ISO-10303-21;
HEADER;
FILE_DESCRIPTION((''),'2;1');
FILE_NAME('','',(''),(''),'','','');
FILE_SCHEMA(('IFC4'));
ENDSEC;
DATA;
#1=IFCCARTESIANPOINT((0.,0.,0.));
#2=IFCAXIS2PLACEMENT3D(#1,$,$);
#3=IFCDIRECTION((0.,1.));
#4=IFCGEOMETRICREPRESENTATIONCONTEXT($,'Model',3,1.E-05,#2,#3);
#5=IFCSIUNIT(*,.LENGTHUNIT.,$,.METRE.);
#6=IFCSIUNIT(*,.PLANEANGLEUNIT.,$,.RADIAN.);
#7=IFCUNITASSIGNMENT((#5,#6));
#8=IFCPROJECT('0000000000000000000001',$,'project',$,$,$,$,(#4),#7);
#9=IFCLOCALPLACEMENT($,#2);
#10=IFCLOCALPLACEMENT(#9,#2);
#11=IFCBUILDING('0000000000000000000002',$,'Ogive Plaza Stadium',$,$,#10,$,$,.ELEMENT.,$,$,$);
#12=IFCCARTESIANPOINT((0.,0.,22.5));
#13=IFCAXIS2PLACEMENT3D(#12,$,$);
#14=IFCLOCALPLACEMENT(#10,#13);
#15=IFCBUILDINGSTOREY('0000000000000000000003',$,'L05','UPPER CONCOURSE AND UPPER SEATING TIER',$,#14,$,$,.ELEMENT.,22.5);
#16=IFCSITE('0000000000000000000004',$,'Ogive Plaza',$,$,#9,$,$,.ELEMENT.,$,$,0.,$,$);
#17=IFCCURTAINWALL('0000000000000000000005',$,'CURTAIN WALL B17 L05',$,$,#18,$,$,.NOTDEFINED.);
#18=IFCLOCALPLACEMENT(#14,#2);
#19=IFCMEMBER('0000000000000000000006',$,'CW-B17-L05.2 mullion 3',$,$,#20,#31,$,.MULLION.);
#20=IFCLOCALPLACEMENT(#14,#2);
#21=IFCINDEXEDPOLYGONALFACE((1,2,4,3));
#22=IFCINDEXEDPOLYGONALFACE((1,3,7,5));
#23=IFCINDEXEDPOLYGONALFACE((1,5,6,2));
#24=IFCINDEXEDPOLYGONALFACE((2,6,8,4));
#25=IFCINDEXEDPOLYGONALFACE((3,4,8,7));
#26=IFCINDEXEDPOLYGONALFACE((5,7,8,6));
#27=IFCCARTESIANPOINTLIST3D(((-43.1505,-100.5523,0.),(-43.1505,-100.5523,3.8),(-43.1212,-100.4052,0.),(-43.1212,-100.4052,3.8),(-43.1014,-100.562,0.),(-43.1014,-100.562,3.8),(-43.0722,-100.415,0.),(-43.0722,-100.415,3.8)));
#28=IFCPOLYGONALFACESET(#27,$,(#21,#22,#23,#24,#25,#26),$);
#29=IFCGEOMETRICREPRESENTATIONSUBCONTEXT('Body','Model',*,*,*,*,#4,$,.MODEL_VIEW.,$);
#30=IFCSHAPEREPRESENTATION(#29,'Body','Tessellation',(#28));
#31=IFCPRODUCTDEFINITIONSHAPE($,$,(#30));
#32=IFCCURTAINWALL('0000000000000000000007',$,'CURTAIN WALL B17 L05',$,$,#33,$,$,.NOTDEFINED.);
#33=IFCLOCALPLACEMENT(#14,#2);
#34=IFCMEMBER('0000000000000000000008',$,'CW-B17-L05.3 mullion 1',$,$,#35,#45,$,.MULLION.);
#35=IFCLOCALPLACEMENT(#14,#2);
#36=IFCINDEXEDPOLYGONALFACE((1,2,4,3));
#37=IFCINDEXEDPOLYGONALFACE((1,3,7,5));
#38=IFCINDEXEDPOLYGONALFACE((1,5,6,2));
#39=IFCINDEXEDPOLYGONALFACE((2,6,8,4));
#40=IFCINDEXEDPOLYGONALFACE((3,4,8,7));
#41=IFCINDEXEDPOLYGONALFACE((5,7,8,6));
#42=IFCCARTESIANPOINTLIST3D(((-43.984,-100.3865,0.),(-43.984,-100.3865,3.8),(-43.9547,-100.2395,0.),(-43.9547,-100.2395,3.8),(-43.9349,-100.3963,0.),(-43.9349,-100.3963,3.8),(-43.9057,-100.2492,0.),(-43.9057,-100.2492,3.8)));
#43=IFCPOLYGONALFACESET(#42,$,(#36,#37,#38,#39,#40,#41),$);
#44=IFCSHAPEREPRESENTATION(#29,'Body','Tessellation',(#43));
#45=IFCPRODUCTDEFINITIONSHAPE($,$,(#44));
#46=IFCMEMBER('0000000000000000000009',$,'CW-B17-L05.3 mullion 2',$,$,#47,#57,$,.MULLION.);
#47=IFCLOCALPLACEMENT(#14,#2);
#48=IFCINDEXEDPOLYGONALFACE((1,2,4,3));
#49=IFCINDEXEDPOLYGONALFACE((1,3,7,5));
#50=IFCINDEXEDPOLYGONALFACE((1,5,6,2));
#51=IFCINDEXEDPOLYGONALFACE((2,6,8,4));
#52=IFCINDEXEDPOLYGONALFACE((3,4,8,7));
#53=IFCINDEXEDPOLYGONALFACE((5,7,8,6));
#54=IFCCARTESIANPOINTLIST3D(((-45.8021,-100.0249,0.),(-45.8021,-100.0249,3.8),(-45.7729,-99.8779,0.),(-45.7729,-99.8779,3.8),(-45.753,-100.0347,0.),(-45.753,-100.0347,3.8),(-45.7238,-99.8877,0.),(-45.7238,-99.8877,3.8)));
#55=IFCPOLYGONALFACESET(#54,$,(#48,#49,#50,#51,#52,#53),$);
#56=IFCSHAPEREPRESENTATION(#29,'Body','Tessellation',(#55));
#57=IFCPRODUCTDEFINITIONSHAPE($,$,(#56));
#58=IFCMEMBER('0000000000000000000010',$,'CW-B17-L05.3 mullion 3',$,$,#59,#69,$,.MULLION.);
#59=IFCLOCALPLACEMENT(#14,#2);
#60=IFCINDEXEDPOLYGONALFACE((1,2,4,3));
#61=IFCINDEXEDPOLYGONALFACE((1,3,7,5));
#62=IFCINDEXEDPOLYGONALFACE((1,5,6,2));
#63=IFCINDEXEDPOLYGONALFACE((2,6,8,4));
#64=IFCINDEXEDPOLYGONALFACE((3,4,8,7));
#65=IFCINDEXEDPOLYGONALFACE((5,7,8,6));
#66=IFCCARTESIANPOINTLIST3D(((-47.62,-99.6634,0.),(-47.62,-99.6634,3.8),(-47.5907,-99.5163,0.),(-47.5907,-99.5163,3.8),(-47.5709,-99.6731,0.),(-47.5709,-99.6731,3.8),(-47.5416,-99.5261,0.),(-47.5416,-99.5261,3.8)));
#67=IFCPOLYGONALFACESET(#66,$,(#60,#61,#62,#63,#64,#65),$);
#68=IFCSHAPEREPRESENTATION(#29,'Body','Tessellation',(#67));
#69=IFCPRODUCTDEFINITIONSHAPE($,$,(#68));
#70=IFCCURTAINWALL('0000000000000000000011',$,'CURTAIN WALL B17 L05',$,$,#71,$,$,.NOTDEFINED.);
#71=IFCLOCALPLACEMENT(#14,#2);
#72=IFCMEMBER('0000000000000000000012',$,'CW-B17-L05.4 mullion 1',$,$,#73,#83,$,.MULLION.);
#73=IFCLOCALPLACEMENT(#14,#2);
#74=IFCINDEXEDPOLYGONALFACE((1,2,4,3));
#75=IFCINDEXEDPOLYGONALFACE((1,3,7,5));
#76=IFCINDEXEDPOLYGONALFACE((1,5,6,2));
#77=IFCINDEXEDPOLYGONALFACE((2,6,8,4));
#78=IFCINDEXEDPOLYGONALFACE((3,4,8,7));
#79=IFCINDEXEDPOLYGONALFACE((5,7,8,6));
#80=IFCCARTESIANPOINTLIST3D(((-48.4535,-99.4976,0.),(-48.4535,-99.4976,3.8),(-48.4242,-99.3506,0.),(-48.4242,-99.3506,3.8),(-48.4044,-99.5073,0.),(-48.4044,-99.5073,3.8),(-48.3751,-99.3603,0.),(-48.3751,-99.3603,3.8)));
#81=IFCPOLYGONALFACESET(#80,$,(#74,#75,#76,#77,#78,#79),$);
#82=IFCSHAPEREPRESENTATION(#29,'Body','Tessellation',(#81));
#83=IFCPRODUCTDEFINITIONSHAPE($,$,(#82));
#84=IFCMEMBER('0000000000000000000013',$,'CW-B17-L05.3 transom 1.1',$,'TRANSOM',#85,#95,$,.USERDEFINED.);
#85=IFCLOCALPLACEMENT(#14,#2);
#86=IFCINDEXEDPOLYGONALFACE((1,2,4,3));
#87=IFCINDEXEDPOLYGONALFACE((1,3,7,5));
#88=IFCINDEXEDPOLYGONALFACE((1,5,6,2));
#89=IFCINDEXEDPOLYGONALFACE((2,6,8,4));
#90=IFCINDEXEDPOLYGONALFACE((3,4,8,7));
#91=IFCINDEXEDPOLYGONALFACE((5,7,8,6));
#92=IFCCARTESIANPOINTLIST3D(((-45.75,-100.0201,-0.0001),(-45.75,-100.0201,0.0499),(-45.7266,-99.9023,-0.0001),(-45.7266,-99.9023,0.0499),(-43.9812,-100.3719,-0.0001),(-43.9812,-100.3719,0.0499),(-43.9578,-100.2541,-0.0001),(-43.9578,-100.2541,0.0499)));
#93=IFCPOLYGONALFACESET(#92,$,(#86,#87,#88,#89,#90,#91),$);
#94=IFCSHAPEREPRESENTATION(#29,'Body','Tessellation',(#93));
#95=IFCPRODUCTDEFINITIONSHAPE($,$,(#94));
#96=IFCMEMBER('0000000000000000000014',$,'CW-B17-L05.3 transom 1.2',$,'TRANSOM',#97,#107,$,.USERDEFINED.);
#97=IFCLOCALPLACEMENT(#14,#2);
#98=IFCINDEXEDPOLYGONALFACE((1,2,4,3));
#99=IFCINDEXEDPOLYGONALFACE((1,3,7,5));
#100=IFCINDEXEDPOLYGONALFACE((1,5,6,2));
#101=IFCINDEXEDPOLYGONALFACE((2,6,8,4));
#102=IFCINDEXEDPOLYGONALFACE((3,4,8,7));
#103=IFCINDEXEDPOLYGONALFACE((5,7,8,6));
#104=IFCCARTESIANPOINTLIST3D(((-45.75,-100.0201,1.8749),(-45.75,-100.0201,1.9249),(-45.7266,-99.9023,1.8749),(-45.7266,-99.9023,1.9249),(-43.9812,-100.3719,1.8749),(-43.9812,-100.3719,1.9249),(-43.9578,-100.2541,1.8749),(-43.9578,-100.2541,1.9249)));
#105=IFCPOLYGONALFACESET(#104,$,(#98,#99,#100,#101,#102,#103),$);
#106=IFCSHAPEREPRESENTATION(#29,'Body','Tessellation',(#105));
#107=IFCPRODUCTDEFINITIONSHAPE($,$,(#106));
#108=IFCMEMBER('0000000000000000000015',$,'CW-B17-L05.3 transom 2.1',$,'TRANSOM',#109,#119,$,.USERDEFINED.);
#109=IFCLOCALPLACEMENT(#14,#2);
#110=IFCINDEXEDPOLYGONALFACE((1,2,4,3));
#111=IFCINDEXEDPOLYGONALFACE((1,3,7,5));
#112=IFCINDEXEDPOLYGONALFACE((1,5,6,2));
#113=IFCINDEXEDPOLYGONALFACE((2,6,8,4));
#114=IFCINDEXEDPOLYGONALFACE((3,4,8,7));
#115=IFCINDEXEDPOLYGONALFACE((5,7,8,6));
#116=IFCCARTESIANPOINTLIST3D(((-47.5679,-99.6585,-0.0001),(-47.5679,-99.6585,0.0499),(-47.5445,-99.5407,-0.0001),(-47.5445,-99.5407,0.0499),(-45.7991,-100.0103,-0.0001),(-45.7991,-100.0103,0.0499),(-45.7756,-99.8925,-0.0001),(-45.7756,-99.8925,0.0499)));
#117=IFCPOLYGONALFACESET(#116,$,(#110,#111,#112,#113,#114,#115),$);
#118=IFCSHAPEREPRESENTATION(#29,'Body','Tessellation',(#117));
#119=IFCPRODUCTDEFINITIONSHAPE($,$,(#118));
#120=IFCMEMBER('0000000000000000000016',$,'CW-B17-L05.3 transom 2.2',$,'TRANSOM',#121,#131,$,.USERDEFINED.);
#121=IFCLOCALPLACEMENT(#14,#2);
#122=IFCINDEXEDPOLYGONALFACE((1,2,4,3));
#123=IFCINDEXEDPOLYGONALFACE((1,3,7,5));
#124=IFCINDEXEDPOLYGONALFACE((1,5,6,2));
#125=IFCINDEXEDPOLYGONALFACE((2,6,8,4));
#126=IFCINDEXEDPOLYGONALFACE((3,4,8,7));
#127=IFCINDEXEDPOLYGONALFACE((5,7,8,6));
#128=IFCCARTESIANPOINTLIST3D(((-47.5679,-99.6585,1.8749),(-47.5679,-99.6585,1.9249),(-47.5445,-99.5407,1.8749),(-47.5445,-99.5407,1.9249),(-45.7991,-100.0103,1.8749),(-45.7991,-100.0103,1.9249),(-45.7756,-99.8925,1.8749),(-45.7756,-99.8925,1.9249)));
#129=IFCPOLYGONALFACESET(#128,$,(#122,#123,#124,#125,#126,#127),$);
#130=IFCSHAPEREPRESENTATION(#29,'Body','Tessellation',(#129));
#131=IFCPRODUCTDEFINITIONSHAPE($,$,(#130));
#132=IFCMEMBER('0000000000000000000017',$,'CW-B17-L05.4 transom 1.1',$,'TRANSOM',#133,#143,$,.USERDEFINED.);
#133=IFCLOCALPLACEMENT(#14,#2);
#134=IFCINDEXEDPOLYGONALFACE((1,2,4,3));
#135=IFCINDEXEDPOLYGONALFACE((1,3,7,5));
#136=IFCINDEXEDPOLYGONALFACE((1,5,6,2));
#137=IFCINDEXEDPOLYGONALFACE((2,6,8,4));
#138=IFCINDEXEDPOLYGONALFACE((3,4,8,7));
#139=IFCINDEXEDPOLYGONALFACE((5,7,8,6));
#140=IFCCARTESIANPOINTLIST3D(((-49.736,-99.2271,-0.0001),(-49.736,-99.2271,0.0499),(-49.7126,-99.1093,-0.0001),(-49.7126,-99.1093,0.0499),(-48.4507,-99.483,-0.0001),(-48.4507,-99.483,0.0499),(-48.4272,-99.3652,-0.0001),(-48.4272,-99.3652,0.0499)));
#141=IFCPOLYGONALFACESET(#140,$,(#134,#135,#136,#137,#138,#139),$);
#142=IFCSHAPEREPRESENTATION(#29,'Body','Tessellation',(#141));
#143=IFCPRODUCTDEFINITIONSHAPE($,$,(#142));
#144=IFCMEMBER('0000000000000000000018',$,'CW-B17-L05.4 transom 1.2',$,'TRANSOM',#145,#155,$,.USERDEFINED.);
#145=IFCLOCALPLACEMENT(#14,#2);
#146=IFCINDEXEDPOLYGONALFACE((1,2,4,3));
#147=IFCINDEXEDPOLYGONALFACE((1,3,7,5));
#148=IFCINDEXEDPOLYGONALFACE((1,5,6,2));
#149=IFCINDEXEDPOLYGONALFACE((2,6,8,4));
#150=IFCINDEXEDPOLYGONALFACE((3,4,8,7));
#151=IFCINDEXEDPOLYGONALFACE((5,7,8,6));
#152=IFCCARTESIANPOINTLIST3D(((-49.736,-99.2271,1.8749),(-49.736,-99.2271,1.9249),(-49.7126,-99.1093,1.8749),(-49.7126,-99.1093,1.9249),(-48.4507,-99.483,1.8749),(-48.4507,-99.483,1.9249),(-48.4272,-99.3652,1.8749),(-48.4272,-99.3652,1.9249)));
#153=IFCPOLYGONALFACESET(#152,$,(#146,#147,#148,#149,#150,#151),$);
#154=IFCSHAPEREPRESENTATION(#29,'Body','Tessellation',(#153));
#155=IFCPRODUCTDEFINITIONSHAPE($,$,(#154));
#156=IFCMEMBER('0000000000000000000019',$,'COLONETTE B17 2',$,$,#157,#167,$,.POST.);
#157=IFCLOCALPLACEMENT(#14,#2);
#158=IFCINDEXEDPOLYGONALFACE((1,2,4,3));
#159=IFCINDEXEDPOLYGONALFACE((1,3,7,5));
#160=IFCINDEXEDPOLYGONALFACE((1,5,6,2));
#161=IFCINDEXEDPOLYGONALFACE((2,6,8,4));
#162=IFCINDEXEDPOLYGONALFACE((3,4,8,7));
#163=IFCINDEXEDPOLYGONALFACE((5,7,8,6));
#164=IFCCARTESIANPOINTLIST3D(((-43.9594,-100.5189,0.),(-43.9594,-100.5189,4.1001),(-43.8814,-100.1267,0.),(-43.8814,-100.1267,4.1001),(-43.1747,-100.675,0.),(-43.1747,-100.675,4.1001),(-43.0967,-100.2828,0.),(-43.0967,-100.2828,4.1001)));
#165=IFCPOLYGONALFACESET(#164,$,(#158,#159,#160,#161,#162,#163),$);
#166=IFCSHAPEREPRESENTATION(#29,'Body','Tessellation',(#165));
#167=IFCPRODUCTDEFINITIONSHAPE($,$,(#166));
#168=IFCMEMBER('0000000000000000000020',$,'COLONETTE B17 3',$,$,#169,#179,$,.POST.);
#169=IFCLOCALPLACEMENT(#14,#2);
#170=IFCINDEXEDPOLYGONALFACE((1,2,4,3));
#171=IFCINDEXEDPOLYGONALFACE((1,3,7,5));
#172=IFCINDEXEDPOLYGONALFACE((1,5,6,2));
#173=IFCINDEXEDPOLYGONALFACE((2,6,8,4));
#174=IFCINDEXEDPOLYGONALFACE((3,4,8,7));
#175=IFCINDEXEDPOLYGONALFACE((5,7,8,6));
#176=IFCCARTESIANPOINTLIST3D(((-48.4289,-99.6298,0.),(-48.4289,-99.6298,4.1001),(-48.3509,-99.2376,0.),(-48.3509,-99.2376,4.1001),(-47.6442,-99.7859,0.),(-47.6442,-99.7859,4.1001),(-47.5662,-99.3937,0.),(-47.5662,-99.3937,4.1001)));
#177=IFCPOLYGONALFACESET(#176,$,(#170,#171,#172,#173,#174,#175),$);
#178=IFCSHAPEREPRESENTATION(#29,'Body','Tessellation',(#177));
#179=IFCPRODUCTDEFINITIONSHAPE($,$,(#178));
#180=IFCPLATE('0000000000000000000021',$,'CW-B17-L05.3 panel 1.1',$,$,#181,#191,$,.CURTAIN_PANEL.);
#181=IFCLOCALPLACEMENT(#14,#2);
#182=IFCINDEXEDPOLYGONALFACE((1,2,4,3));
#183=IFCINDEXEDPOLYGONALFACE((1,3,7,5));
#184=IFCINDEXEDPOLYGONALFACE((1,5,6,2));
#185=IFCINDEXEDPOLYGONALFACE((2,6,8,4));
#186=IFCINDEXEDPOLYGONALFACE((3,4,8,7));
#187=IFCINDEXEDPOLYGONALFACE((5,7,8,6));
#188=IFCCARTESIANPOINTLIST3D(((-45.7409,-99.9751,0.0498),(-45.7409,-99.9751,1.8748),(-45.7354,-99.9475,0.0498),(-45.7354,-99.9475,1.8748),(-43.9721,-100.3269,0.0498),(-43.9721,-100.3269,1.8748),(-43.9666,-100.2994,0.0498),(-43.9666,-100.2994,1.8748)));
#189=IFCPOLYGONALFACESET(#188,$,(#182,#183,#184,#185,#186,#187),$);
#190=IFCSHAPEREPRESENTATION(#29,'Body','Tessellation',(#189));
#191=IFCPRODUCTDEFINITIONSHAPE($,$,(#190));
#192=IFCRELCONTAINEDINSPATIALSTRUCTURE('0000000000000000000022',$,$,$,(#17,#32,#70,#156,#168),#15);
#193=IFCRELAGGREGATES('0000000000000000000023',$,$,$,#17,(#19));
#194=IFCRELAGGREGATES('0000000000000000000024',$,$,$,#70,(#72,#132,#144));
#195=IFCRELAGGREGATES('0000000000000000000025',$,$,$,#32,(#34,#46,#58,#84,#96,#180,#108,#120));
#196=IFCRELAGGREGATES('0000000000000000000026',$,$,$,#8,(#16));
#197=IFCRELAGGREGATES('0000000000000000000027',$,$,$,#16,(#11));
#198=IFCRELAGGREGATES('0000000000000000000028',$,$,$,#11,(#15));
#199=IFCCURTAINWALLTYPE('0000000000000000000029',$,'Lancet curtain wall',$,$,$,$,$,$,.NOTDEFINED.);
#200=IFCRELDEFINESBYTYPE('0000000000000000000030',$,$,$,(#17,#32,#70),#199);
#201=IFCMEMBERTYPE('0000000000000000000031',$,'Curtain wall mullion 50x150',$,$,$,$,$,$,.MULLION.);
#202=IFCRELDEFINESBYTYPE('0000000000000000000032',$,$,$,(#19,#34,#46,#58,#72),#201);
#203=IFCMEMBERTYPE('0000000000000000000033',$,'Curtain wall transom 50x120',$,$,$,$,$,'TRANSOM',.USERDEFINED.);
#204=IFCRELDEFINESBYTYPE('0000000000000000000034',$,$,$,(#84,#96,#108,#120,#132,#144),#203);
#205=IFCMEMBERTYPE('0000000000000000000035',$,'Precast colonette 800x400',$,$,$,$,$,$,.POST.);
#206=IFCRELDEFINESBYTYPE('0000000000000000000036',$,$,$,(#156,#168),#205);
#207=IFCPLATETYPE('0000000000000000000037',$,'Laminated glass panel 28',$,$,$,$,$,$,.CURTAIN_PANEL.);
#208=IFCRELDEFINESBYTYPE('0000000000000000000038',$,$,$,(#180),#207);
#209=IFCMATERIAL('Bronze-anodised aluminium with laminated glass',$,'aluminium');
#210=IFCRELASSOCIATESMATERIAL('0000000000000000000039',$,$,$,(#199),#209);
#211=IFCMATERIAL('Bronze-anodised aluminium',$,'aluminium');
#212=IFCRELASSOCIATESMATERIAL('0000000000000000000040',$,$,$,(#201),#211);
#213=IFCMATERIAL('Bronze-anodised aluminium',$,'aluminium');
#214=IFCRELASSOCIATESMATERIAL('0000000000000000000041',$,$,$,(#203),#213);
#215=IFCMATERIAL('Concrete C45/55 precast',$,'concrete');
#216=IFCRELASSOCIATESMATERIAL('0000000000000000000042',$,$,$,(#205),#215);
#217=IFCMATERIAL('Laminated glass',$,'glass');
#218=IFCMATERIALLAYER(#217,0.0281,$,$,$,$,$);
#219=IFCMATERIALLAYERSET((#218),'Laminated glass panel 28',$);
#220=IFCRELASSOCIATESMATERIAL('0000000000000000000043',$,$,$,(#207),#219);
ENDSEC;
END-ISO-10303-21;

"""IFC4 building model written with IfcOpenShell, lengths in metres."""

from ifc_helpers import new_model, si_unit, direction, frame, origin, origin_2d, place, context, subcontext, project, spatial, rectangle, extrude, material, layer, layer_set, material_profile, profile_set, type_object, element, aggregate, save


model = new_model("IFC4")

# Units and contexts
model_context = context("Model", 3, precision=1e-05, world=origin(), true_north=direction((0.0, 1.0)))
body_context = subcontext(model_context, "Body", "Model", "MODEL_VIEW")
ifc_project = project(units=[si_unit("LENGTHUNIT", "METRE"), si_unit("PLANEANGLEUNIT", "RADIAN")], contexts=[model_context])

# Site, building, storey
site_placement = place(None, origin())
site = spatial("IfcSite", under=ifc_project, at=site_placement, Name="Ogive Plaza", CompositionType="ELEMENT", RefElevation=0.0)
building_placement = place(site_placement, origin())
building = spatial("IfcBuilding", under=site, at=building_placement, Name="Ogive Plaza Stadium", CompositionType="ELEMENT")
storey_placement = place(building_placement, frame((0.0, 0.0, 22.5)))
storey = spatial("IfcBuildingStorey", under=building, at=storey_placement, Name="L05", Description="UPPER CONCOURSE AND UPPER SEATING TIER", CompositionType="ELEMENT", Elevation=22.5)

# Curtain wall, member
ifc_material_1 = material(Name="Bronze-anodised aluminium with laminated glass", Category="aluminium")
curtain_wall_type = type_object("IfcCurtainWallType", Name="Lancet curtain wall", PredefinedType="NOTDEFINED", material=ifc_material_1)
curtain_wall_1_placement = place(storey_placement, origin())
curtain_wall_1 = element("IfcCurtainWall", 1, at=curtain_wall_1_placement, inside=storey, type_object=curtain_wall_type, Name="CURTAIN WALL B17 L05", PredefinedType="NOTDEFINED")
ifc_material_2 = material(Name="Bronze-anodised aluminium", Category="aluminium")
ifc_material_profile_1 = material_profile(ifc_material_2, rectangle(XDim=0.1499, YDim=0.05, at=origin_2d()), Name="AL 150x50")
ifc_profile_set_1 = profile_set([ifc_material_profile_1], Name="Bronze-anodised aluminium")
member_type_1 = type_object("IfcMemberType", Name="Curtain wall mullion 50x150", PredefinedType="MULLION", material=ifc_profile_set_1)
member_1_placement = place(storey_placement, frame((-43.1113, -100.4836, 0.0), z_axis=(0.0, 0.0, 1.0), x_axis=(-0.19509, -0.980785, 0.0)))
member_1 = element("IfcMember", 2, at=member_1_placement, type_object=member_type_1, Name="CW-B17-L05.2 mullion 3", PredefinedType="MULLION", context=body_context, shape_type="SweptSolid", body=[
    extrude(rectangle(XDim=0.1499, YDim=0.05, at=origin_2d()), origin(), (0.0, 0.0, 1.0), 3.8),
])
aggregate(curtain_wall_1, [member_1])

# Curtain wall, members
curtain_wall_2_placement = place(storey_placement, origin())
curtain_wall_2 = element("IfcCurtainWall", 3, at=curtain_wall_2_placement, inside=storey, type_object=curtain_wall_type, Name="CURTAIN WALL B17 L05", PredefinedType="NOTDEFINED")
member_2_placement = place(storey_placement, frame((-43.9448, -100.3179, 0.0), z_axis=(0.0, 0.0, 1.0), x_axis=(-0.19509, -0.980785, 0.0)))
member_2 = element("IfcMember", 4, at=member_2_placement, type_object=member_type_1, Name="CW-B17-L05.3 mullion 1", PredefinedType="MULLION", context=body_context, shape_type="SweptSolid", body=[
    extrude(rectangle(XDim=0.1499, YDim=0.05, at=origin_2d()), origin(), (0.0, 0.0, 1.0), 3.8),
])
member_3_placement = place(storey_placement, frame((-45.7629, -99.9563, 0.0), z_axis=(0.0, 0.0, 1.0), x_axis=(-0.19509, -0.980785, 0.0)))
member_3 = element("IfcMember", 5, at=member_3_placement, type_object=member_type_1, Name="CW-B17-L05.3 mullion 2", PredefinedType="MULLION", context=body_context, shape_type="SweptSolid", body=[
    extrude(rectangle(XDim=0.1499, YDim=0.05, at=origin_2d()), origin(), (0.0, 0.0, 1.0), 3.8),
])
member_4_placement = place(storey_placement, frame((-47.5808, -99.5947, 0.0), z_axis=(0.0, 0.0, 1.0), x_axis=(-0.19509, -0.980785, 0.0)))
member_4 = element("IfcMember", 6, at=member_4_placement, type_object=member_type_1, Name="CW-B17-L05.3 mullion 3", PredefinedType="MULLION", context=body_context, shape_type="SweptSolid", body=[
    extrude(rectangle(XDim=0.1499, YDim=0.05, at=origin_2d()), origin(), (0.0, 0.0, 1.0), 3.8),
])

# Curtain wall, member
curtain_wall_3_placement = place(storey_placement, origin())
curtain_wall_3 = element("IfcCurtainWall", 7, at=curtain_wall_3_placement, inside=storey, type_object=curtain_wall_type, Name="CURTAIN WALL B17 L05", PredefinedType="NOTDEFINED")
member_5_placement = place(storey_placement, frame((-48.4143, -99.429, 0.0), z_axis=(0.0, 0.0, 1.0), x_axis=(-0.19509, -0.980785, 0.0)))
member_5 = element("IfcMember", 8, at=member_5_placement, type_object=member_type_1, Name="CW-B17-L05.4 mullion 1", PredefinedType="MULLION", context=body_context, shape_type="SweptSolid", body=[
    extrude(rectangle(XDim=0.1499, YDim=0.05, at=origin_2d()), origin(), (0.0, 0.0, 1.0), 3.8),
])

# Members
ifc_material_3 = material(Name="Bronze-anodised aluminium", Category="aluminium")
ifc_material_profile_2 = material_profile(ifc_material_3, rectangle(XDim=0.1201, YDim=0.05, at=origin_2d()), Name="AL 120x50")
ifc_profile_set_2 = profile_set([ifc_material_profile_2], Name="Bronze-anodised aluminium")
member_type_2 = type_object("IfcMemberType", Name="Curtain wall transom 50x120", ElementType="TRANSOM", PredefinedType="USERDEFINED", material=ifc_profile_set_2)
member_6_placement = place(storey_placement, frame((-43.9695, -100.313, 0.0249), z_axis=(-0.980788, 0.195075, 0.0), x_axis=(-0.195075, -0.980788, 0.0)))
member_6 = element("IfcMember", 9, at=member_6_placement, type_object=member_type_2, Name="CW-B17-L05.3 transom 1.1", ObjectType="TRANSOM", PredefinedType="USERDEFINED", context=body_context, shape_type="SweptSolid", body=[
    extrude(rectangle(XDim=0.1201, YDim=0.05, at=origin_2d()), origin(), (0.0, 0.0, 1.0), 1.8035),
])
member_7_placement = place(storey_placement, frame((-43.9695, -100.313, 1.8999), z_axis=(-0.980788, 0.195075, 0.0), x_axis=(-0.195075, -0.980788, 0.0)))
member_7 = element("IfcMember", 10, at=member_7_placement, type_object=member_type_2, Name="CW-B17-L05.3 transom 1.2", ObjectType="TRANSOM", PredefinedType="USERDEFINED", context=body_context, shape_type="SweptSolid", body=[
    extrude(rectangle(XDim=0.1201, YDim=0.05, at=origin_2d()), origin(), (0.0, 0.0, 1.0), 1.8035),
])
member_8_placement = place(storey_placement, frame((-45.7874, -99.9514, 0.0249), z_axis=(-0.980788, 0.195075, 0.0), x_axis=(-0.195075, -0.980788, 0.0)))
member_8 = element("IfcMember", 11, at=member_8_placement, type_object=member_type_2, Name="CW-B17-L05.3 transom 2.1", ObjectType="TRANSOM", PredefinedType="USERDEFINED", context=body_context, shape_type="SweptSolid", body=[
    extrude(rectangle(XDim=0.1201, YDim=0.05, at=origin_2d()), origin(), (0.0, 0.0, 1.0), 1.8035),
])
member_9_placement = place(storey_placement, frame((-45.7874, -99.9514, 1.8999), z_axis=(-0.980788, 0.195075, 0.0), x_axis=(-0.195075, -0.980788, 0.0)))
member_9 = element("IfcMember", 12, at=member_9_placement, type_object=member_type_2, Name="CW-B17-L05.3 transom 2.2", ObjectType="TRANSOM", PredefinedType="USERDEFINED", context=body_context, shape_type="SweptSolid", body=[
    extrude(rectangle(XDim=0.1201, YDim=0.05, at=origin_2d()), origin(), (0.0, 0.0, 1.0), 1.8035),
])
member_10_placement = place(storey_placement, frame((-48.439, -99.4241, 0.0249), z_axis=(-0.980759, 0.19522, 0.0), x_axis=(-0.19522, -0.980759, 0.0)))
member_10 = element("IfcMember", 13, at=member_10_placement, type_object=member_type_2, Name="CW-B17-L05.4 transom 1.1", ObjectType="TRANSOM", PredefinedType="USERDEFINED", context=body_context, shape_type="SweptSolid", body=[
    extrude(rectangle(XDim=0.1201, YDim=0.05, at=origin_2d()), origin(), (0.0, 0.0, 1.0), 1.3105),
])
member_11_placement = place(storey_placement, frame((-48.439, -99.4241, 1.8999), z_axis=(-0.980759, 0.19522, 0.0), x_axis=(-0.19522, -0.980759, 0.0)))
member_11 = element("IfcMember", 14, at=member_11_placement, type_object=member_type_2, Name="CW-B17-L05.4 transom 1.2", ObjectType="TRANSOM", PredefinedType="USERDEFINED", context=body_context, shape_type="SweptSolid", body=[
    extrude(rectangle(XDim=0.1201, YDim=0.05, at=origin_2d()), origin(), (0.0, 0.0, 1.0), 1.3105),
])
aggregate(curtain_wall_3, [member_5, member_10, member_11])

# Members
ifc_material_4 = material(Name="Concrete C45/55 precast", Category="concrete")
ifc_material_profile_3 = material_profile(ifc_material_4, rectangle(XDim=0.3999, YDim=0.8, at=origin_2d()), Name="RC 400x800")
ifc_profile_set_3 = profile_set([ifc_material_profile_3], Name="Concrete C45/55 precast")
member_type_3 = type_object("IfcMemberType", Name="Precast colonette 800x400", PredefinedType="POST", material=ifc_profile_set_3)
for number, where, z_axis, x_axis, name in (
    (15, (-43.5281, -100.4009, 0.0), (0.0, 0.0, 1.0), (-0.19509, -0.980785, 0.0), "COLONETTE B17 2"),
    (16, (-47.9976, -99.5117, 0.0), (0.0, 0.0, 1.0), (-0.19509, -0.980785, 0.0), "COLONETTE B17 3"),
):
    element("IfcMember", number, at=place(storey_placement, frame(where, z_axis=z_axis, x_axis=x_axis)), inside=storey, type_object=member_type_3, Name=name, PredefinedType="POST", context=body_context, shape_type="SweptSolid", body=[
        extrude(rectangle(XDim=0.3999, YDim=0.8, at=origin_2d()), origin(), (0.0, 0.0, 1.0), 4.1001),
    ])

# Plate
ifc_material_5 = material(Name="Laminated glass", Category="glass")
ifc_layer_1 = layer(ifc_material_5, 0.0281)
ifc_layer_set_1 = layer_set([ifc_layer_1], Name="Laminated glass panel 28")
plate_type = type_object("IfcPlateType", Name="Laminated glass panel 28", PredefinedType="CURTAIN_PANEL", material=ifc_layer_set_1)
plate_1_placement = place(storey_placement, frame((-44.8538, -100.1372, 0.0498), z_axis=(0.0, 0.0, 1.0), x_axis=(-0.980785, 0.19509, 0.0)))
plate_1 = element("IfcPlate", 17, at=plate_1_placement, type_object=plate_type, Name="CW-B17-L05.3 panel 1.1", PredefinedType="CURTAIN_PANEL", context=body_context, shape_type="SweptSolid", body=[
    extrude(rectangle(XDim=1.8035, YDim=0.0281, at=origin_2d()), origin(), (0.0, 0.0, 1.0), 1.825),
])
aggregate(curtain_wall_2, [member_2, member_3, member_4, member_6, member_7, plate_1, member_8, member_9])

save(model, "model.ifc")
